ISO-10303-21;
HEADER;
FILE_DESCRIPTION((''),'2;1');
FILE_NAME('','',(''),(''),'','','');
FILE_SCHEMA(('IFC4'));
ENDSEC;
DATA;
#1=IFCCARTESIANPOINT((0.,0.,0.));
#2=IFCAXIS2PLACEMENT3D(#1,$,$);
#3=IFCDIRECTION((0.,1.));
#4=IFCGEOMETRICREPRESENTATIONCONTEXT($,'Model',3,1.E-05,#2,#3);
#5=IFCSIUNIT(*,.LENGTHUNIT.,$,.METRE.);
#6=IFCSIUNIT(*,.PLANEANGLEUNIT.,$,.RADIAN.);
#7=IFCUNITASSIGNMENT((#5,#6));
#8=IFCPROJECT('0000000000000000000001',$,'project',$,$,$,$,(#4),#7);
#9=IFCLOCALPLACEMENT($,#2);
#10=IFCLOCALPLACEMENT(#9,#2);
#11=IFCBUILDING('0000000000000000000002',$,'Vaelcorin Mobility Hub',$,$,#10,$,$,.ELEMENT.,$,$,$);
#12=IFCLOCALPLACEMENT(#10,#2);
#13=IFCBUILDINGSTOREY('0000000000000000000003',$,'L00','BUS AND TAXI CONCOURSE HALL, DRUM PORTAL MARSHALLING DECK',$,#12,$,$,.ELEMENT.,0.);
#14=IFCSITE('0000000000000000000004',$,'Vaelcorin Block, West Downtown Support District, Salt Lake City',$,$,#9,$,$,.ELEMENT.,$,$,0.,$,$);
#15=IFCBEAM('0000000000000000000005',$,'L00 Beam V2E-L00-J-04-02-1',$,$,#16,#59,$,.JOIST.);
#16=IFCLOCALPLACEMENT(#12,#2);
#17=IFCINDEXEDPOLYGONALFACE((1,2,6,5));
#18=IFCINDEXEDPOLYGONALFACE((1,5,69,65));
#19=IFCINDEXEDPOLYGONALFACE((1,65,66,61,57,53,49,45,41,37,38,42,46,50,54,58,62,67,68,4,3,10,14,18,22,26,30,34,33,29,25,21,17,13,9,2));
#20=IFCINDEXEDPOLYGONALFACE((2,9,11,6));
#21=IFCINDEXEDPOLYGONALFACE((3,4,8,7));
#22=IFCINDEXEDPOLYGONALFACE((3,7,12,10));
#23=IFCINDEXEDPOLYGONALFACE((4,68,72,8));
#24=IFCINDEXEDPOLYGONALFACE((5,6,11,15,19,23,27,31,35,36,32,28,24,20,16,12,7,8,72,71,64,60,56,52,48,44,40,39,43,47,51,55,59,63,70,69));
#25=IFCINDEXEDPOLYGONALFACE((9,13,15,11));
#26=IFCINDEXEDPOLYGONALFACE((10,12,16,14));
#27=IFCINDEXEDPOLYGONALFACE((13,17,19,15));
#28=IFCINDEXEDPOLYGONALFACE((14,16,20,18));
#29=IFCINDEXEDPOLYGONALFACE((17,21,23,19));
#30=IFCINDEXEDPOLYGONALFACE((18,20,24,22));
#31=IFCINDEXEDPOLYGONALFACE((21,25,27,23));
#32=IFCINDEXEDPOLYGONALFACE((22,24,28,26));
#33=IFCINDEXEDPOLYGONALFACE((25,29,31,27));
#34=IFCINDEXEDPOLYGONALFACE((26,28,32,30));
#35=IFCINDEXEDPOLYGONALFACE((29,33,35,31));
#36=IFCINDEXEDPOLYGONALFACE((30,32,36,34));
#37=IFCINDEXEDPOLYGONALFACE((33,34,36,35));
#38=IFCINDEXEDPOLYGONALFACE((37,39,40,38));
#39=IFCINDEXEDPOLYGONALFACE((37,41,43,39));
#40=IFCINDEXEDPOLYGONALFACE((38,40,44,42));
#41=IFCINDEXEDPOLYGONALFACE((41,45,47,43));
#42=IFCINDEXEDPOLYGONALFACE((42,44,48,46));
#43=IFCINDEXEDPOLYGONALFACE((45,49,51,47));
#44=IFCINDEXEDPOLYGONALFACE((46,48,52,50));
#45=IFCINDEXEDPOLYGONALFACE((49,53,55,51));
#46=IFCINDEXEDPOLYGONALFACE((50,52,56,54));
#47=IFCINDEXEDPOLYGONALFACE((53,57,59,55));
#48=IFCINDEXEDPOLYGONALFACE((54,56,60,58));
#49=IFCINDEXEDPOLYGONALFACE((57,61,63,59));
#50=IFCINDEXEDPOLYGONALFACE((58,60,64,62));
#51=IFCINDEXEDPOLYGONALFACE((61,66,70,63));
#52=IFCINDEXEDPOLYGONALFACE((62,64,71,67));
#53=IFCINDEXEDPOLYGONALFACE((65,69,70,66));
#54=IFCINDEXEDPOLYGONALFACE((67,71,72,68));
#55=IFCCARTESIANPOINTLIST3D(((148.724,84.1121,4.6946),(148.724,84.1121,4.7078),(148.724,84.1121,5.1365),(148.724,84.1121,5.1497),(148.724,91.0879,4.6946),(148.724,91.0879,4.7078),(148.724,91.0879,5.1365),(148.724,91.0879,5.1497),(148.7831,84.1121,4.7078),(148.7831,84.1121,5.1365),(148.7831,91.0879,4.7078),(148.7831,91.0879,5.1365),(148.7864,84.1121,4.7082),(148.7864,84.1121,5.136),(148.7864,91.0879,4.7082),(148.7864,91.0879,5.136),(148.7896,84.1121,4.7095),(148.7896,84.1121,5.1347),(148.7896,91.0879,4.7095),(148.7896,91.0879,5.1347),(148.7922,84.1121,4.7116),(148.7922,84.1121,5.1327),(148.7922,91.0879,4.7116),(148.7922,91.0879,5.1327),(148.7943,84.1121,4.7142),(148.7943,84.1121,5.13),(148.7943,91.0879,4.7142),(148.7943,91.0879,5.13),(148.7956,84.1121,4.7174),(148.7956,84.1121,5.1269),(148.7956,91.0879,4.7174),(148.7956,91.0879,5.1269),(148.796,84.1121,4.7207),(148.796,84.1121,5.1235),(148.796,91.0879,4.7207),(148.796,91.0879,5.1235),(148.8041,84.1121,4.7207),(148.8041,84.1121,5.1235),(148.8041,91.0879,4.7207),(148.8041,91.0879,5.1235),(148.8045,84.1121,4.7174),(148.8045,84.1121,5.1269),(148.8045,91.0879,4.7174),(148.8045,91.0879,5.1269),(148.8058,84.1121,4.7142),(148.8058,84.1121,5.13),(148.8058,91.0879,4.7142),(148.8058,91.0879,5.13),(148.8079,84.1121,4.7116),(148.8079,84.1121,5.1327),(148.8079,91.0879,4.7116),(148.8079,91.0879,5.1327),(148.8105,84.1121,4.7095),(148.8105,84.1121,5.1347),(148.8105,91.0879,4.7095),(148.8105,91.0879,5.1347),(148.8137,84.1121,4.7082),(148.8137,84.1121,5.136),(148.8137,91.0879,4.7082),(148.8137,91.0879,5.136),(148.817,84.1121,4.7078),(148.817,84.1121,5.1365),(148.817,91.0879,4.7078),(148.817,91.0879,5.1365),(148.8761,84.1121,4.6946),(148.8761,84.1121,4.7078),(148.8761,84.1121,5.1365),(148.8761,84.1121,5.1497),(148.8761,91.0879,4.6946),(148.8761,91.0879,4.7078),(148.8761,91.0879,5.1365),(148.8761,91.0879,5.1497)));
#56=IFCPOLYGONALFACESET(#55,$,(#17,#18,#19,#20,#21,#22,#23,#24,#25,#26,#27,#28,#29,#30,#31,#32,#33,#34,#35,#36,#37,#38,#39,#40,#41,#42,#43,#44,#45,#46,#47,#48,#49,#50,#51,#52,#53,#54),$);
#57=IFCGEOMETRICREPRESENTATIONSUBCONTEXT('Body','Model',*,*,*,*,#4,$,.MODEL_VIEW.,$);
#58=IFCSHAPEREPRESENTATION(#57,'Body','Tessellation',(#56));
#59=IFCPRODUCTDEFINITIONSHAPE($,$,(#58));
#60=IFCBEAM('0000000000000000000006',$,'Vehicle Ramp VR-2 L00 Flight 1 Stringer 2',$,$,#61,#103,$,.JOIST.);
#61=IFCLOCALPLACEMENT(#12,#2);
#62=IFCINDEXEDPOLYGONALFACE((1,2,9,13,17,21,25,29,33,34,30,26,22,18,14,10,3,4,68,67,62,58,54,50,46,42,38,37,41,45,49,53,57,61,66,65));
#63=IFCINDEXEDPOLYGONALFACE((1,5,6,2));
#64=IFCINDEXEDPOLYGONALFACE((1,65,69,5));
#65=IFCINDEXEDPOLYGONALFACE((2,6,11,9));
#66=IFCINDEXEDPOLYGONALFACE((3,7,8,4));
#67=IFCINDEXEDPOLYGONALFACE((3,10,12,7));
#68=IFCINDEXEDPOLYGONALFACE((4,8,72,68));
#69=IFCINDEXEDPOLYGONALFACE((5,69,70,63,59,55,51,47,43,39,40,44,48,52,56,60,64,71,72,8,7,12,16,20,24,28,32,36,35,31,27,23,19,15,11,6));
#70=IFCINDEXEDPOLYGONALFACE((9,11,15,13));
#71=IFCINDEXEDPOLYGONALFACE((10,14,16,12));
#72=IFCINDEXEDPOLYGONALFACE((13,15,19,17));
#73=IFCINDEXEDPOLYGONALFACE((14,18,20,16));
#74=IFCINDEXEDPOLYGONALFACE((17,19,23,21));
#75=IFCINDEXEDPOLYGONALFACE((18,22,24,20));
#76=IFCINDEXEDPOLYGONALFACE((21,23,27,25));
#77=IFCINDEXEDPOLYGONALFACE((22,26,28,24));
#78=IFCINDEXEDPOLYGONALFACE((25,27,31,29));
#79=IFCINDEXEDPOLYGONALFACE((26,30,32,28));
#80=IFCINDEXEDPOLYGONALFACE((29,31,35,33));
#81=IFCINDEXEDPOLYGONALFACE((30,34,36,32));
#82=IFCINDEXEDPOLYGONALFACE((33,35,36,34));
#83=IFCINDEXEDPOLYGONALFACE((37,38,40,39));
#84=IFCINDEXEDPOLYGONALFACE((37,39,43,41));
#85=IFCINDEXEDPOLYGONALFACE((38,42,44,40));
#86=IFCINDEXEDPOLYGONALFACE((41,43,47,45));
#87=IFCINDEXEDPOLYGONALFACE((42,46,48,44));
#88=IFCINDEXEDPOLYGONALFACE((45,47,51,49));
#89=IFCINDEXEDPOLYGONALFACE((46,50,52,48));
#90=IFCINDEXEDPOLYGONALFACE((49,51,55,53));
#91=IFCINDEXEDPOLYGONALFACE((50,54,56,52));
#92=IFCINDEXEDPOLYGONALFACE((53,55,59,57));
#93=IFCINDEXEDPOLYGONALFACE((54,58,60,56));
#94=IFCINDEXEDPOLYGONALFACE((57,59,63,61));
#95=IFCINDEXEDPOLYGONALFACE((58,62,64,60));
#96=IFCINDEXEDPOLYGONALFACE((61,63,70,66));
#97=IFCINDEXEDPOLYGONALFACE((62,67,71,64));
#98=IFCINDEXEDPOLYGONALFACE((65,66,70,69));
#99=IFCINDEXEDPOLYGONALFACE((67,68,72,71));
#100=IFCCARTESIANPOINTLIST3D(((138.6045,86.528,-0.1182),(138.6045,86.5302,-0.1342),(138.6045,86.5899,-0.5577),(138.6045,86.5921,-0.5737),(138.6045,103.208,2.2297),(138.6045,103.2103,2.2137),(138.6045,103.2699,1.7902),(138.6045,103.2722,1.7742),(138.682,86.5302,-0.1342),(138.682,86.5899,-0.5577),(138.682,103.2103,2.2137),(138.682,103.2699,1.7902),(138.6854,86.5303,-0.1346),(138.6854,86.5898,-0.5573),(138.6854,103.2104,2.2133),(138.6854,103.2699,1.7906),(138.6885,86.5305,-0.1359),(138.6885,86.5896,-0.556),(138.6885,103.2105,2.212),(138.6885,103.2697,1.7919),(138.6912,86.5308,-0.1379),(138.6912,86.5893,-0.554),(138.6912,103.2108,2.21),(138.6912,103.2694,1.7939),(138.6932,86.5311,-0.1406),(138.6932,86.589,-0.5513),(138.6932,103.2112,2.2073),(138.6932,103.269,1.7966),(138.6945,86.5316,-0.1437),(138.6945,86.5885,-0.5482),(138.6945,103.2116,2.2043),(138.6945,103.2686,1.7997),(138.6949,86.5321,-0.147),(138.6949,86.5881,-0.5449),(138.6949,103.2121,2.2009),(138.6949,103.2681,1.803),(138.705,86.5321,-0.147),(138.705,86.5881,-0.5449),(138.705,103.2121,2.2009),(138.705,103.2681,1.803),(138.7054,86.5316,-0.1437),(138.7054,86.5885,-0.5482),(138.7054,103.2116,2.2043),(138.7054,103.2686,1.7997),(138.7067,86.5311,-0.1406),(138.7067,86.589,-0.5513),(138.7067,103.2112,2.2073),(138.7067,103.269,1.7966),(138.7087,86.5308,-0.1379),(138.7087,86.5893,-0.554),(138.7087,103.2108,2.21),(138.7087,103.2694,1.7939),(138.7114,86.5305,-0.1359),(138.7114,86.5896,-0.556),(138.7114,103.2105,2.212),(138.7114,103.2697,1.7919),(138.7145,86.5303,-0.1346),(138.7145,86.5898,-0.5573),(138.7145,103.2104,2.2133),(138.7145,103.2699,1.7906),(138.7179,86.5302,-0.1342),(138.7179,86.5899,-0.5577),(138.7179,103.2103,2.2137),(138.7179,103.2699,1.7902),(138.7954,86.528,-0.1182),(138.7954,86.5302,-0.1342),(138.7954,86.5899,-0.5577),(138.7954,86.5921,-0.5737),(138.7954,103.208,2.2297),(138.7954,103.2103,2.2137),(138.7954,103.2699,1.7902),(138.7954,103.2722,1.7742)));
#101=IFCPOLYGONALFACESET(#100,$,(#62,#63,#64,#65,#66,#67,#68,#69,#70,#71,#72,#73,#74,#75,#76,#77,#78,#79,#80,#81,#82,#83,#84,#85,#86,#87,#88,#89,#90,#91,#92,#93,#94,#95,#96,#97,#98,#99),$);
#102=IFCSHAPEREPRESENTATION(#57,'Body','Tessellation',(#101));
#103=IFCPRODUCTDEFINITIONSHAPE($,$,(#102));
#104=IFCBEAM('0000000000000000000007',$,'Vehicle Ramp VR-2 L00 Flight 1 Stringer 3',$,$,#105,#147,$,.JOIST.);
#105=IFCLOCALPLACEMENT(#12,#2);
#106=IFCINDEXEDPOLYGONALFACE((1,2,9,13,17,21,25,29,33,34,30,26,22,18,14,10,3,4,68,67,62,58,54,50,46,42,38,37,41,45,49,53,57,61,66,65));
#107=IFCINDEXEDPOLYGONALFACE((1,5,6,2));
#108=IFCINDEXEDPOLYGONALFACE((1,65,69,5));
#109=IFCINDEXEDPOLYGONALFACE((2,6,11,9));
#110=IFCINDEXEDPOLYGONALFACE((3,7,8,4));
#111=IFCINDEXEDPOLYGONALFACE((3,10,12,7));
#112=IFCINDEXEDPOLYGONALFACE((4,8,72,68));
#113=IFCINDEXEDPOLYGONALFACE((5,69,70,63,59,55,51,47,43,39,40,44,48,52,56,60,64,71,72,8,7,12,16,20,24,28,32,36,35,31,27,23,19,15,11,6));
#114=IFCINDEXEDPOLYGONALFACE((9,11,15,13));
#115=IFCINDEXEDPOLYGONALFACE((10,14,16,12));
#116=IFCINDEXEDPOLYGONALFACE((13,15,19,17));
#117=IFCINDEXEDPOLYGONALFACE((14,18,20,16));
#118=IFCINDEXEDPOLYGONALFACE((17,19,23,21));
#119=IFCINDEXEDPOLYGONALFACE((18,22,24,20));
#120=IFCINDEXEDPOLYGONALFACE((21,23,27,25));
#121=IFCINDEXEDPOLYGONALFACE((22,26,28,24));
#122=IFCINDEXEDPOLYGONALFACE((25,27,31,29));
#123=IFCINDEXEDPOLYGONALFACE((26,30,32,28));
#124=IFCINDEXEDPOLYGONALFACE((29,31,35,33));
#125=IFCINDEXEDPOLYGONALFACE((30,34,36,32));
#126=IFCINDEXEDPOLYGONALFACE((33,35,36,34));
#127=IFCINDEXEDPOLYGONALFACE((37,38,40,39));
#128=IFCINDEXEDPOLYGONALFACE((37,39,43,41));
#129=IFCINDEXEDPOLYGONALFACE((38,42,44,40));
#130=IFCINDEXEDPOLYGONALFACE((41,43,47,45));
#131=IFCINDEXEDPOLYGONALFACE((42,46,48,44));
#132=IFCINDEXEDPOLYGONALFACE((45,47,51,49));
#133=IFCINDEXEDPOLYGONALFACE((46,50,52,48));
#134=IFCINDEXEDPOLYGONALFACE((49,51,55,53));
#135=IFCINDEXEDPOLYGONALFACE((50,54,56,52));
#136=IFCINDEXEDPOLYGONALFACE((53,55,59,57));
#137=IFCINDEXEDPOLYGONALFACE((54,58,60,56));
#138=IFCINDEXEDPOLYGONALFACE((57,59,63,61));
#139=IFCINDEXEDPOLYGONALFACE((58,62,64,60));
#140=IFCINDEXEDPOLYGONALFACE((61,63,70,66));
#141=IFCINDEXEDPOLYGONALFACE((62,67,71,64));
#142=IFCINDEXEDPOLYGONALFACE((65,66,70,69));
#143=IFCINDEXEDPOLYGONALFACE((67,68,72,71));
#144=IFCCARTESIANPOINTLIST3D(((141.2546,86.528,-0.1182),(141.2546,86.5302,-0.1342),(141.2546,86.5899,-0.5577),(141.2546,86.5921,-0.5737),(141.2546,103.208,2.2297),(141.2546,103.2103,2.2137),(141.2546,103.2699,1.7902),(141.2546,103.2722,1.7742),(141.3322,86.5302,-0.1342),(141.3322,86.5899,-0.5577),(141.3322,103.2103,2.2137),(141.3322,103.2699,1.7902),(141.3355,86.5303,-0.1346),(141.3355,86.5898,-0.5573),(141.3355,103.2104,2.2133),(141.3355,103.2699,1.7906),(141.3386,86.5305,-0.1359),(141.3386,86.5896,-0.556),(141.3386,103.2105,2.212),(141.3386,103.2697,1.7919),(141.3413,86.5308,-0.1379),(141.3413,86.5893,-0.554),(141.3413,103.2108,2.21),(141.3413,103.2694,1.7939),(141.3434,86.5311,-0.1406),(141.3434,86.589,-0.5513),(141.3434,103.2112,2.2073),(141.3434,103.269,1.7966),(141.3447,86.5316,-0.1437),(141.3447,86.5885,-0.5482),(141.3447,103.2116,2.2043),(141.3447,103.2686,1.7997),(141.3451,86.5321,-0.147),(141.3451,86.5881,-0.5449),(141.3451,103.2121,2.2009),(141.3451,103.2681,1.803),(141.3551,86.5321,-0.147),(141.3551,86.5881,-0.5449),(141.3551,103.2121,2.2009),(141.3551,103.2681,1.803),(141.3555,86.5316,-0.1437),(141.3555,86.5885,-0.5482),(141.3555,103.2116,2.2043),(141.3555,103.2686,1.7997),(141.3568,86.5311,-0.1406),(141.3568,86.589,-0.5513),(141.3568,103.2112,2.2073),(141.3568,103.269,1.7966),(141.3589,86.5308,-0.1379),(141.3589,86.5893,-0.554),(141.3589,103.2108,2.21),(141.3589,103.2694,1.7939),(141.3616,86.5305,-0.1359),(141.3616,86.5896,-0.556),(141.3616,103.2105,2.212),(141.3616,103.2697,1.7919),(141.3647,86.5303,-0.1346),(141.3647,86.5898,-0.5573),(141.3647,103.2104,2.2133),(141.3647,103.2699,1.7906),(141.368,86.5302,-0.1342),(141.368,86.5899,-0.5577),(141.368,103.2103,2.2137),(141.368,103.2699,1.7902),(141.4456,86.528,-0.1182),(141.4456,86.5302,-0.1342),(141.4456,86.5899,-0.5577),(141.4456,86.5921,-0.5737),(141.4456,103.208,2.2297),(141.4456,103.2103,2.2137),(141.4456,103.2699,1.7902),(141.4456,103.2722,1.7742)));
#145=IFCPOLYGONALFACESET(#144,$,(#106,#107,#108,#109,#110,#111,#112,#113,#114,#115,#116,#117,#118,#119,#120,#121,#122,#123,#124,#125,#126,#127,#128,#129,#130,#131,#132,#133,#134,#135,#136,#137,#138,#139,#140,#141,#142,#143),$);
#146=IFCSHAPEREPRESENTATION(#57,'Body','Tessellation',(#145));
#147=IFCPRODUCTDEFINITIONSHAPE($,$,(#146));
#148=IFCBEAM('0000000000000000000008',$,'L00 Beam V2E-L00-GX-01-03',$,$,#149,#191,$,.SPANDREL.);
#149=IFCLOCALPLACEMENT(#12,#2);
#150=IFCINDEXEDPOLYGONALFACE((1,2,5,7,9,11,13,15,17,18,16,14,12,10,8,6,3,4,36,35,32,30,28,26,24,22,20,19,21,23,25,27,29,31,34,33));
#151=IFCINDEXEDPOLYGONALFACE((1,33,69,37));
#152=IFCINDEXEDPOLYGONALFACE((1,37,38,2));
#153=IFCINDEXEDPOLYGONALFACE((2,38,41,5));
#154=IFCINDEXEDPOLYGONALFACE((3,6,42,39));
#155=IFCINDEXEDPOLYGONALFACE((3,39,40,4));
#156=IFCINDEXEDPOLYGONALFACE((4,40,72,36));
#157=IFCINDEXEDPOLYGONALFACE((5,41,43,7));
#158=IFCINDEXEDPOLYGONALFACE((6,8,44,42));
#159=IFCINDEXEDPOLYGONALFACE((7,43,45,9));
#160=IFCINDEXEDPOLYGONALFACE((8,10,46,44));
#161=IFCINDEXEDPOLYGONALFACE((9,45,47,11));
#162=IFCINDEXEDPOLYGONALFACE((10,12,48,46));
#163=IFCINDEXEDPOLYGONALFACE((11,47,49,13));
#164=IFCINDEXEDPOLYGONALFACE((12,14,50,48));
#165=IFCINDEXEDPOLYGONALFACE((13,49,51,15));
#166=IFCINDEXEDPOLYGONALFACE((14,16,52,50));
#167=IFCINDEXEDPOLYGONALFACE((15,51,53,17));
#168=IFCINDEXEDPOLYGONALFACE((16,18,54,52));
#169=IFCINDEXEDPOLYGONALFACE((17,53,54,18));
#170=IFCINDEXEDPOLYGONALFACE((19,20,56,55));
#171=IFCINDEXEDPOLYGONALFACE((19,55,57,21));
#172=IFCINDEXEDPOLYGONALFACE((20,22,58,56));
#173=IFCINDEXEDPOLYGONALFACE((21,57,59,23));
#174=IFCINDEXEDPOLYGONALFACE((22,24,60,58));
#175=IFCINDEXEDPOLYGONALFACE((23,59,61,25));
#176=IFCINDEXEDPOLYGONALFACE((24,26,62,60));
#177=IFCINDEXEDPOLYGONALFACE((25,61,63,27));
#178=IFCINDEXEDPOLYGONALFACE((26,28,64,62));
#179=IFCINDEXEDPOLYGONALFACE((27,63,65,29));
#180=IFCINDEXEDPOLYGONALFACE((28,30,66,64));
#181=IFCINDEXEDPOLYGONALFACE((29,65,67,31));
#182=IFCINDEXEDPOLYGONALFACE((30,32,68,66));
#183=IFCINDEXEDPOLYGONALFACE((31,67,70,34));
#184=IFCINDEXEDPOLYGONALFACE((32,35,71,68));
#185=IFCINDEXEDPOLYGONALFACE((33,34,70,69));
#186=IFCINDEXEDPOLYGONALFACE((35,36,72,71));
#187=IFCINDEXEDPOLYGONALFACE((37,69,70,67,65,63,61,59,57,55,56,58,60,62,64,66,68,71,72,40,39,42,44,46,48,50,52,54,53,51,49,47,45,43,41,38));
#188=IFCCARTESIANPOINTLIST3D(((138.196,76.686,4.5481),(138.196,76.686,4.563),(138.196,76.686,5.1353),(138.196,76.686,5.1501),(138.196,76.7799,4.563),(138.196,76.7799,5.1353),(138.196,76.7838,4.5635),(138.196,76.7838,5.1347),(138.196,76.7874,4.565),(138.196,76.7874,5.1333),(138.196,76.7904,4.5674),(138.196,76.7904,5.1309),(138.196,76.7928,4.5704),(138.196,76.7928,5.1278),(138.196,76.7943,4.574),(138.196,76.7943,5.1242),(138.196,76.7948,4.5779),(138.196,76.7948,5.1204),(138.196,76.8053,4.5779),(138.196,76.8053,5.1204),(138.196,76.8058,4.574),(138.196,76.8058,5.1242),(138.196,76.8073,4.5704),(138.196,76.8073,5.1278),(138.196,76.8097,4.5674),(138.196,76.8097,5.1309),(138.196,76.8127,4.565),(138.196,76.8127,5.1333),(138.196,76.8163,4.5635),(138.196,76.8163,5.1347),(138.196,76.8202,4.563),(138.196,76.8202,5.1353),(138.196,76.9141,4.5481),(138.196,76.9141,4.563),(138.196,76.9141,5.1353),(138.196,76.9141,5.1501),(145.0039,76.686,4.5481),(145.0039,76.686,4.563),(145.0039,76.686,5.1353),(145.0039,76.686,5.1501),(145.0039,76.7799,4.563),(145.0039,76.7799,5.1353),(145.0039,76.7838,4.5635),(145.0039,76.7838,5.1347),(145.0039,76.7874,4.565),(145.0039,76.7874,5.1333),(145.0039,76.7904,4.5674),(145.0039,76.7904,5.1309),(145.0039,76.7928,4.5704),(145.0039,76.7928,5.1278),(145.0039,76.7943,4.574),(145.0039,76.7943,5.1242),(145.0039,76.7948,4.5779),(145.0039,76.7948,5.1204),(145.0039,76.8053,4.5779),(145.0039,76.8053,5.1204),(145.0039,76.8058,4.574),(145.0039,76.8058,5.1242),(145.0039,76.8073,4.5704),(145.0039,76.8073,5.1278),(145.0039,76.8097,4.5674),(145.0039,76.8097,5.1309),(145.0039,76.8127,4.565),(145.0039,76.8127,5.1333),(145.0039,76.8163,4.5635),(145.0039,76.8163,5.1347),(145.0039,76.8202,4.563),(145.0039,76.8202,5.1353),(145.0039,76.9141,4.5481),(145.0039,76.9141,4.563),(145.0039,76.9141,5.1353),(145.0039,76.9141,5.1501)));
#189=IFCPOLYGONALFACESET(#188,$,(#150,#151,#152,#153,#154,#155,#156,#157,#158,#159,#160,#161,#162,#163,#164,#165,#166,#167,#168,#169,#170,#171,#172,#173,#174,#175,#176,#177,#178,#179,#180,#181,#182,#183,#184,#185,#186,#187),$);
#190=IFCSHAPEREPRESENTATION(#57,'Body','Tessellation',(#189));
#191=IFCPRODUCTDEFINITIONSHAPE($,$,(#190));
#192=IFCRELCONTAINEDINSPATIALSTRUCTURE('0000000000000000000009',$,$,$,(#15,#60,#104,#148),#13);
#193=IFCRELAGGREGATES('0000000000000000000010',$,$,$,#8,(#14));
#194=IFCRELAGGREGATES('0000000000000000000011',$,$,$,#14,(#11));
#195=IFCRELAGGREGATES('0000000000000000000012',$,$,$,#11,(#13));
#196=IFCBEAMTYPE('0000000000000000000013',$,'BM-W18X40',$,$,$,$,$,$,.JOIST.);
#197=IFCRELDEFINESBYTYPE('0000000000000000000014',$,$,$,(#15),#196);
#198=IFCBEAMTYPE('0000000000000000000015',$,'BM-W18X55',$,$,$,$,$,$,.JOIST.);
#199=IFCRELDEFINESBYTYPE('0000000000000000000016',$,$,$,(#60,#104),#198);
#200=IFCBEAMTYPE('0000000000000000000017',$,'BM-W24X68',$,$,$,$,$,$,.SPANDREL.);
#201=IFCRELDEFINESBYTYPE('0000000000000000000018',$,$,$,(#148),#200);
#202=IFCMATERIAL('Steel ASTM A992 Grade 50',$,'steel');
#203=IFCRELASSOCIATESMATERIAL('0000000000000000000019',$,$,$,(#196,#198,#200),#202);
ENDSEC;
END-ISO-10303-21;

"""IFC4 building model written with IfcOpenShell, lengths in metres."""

from ifc_helpers import new_model, si_unit, direction, frame, origin, origin_2d, place, context, subcontext, project, spatial, i_section, extrude, material, material_profile, profile_set, type_object, element, save


model = new_model("IFC4")

# Units and contexts
model_context = context("Model", 3, precision=1e-05, world=origin(), true_north=direction((0.0, 1.0)))
body_context = subcontext(model_context, "Body", "Model", "MODEL_VIEW")
ifc_project = project(units=[si_unit("LENGTHUNIT", "METRE"), si_unit("PLANEANGLEUNIT", "RADIAN")], contexts=[model_context])

# Site, building, storey
site_placement = place(None, origin())
site = spatial("IfcSite", under=ifc_project, at=site_placement, Name="Vaelcorin Block, West Downtown Support District, Salt Lake City", CompositionType="ELEMENT", RefElevation=0.0)
building_placement = place(site_placement, origin())
building = spatial("IfcBuilding", under=site, at=building_placement, Name="Vaelcorin Mobility Hub", CompositionType="ELEMENT")
storey_placement = place(building_placement, origin())
storey = spatial("IfcBuildingStorey", under=building, at=storey_placement, Name="L00", Description="BUS AND TAXI CONCOURSE HALL, DRUM PORTAL MARSHALLING DECK", CompositionType="ELEMENT", Elevation=0.0)

# Shared definitions
ifc_material_1 = material(Name="Steel ASTM A992 Grade 50", Category="steel")

# Beams
ifc_material_profile_1 = material_profile(ifc_material_1, i_section(OverallWidth=0.1521, OverallDepth=0.4551, WebThickness=0.0081, FlangeThickness=0.0132, FilletRadius=0.0129, at=origin_2d()), Name="W18X40")
ifc_profile_set_1 = profile_set([ifc_material_profile_1], Name="Steel ASTM A992 Grade 50")
beam_type_1 = type_object("IfcBeamType", Name="BM-W18X40", PredefinedType="JOIST", material=ifc_profile_set_1)
for number, where, z_axis, x_axis, name in (
    (1, (148.8, 84.1121, 4.9221), (0.0, 1.0, 0.0), (-1.0, 0.0, 0.0), "L00 Beam V2E-L00-J-04-02-1"),
):
    element("IfcBeam", number, at=place(storey_placement, frame(where, z_axis=z_axis, x_axis=x_axis)), inside=storey, type_object=beam_type_1, Name=name, PredefinedType="JOIST", context=body_context, shape_type="SweptSolid", body=[
        extrude(i_section(OverallWidth=0.1521, OverallDepth=0.4551, WebThickness=0.0081, FlangeThickness=0.0132, FilletRadius=0.0129, at=origin_2d()), origin(), (0.0, 0.0, 1.0), 6.9758),
    ])
ifc_material_profile_2 = material_profile(ifc_material_1, i_section(OverallWidth=0.1909, OverallDepth=0.46, WebThickness=0.01, FlangeThickness=0.0161, FilletRadius=0.0129, at=origin_2d()), Name="W18X55")
ifc_profile_set_2 = profile_set([ifc_material_profile_2], Name="Steel ASTM A992 Grade 50")
beam_type_2 = type_object("IfcBeamType", Name="BM-W18X55", PredefinedType="JOIST", material=ifc_profile_set_2)
for number, where, z_axis, x_axis, name in (
    (2, (138.7, 86.5601, -0.3459), (0.0, 0.990238, 0.139388), (-1.0, 0.0, 0.0), "Vehicle Ramp VR-2 L00 Flight 1 Stringer 2"),
    (3, (141.3501, 86.5601, -0.3459), (0.0, 0.990238, 0.139388), (-1.0, 0.0, 0.0), "Vehicle Ramp VR-2 L00 Flight 1 Stringer 3"),
):
    element("IfcBeam", number, at=place(storey_placement, frame(where, z_axis=z_axis, x_axis=x_axis)), inside=storey, type_object=beam_type_2, Name=name, PredefinedType="JOIST", context=body_context, shape_type="SweptSolid", body=[
        extrude(i_section(OverallWidth=0.1909, OverallDepth=0.46, WebThickness=0.01, FlangeThickness=0.0161, FilletRadius=0.0129, at=origin_2d()), origin(), (0.0, 0.0, 1.0), 16.8445),
    ])
ifc_material_profile_3 = material_profile(ifc_material_1, i_section(OverallWidth=0.228, OverallDepth=0.6021, WebThickness=0.0105, FlangeThickness=0.0149, FilletRadius=0.0149, at=origin_2d()), Name="W24X68")
ifc_profile_set_3 = profile_set([ifc_material_profile_3], Name="Steel ASTM A992 Grade 50")
beam_type_3 = type_object("IfcBeamType", Name="BM-W24X68", PredefinedType="SPANDREL", material=ifc_profile_set_3)
beam_1_placement = place(storey_placement, frame((138.196, 76.8, 4.8491), z_axis=(1.0, 0.0, 0.0), x_axis=(0.0, 1.0, 0.0)))
element("IfcBeam", 4, at=beam_1_placement, inside=storey, type_object=beam_type_3, Name="L00 Beam V2E-L00-GX-01-03", PredefinedType="SPANDREL", context=body_context, shape_type="SweptSolid", body=[
    extrude(i_section(OverallWidth=0.228, OverallDepth=0.6021, WebThickness=0.0105, FlangeThickness=0.0149, FilletRadius=0.0149, at=origin_2d()), origin(), (0.0, 0.0, 1.0), 6.8079),
])

save(model, "model.ifc")
